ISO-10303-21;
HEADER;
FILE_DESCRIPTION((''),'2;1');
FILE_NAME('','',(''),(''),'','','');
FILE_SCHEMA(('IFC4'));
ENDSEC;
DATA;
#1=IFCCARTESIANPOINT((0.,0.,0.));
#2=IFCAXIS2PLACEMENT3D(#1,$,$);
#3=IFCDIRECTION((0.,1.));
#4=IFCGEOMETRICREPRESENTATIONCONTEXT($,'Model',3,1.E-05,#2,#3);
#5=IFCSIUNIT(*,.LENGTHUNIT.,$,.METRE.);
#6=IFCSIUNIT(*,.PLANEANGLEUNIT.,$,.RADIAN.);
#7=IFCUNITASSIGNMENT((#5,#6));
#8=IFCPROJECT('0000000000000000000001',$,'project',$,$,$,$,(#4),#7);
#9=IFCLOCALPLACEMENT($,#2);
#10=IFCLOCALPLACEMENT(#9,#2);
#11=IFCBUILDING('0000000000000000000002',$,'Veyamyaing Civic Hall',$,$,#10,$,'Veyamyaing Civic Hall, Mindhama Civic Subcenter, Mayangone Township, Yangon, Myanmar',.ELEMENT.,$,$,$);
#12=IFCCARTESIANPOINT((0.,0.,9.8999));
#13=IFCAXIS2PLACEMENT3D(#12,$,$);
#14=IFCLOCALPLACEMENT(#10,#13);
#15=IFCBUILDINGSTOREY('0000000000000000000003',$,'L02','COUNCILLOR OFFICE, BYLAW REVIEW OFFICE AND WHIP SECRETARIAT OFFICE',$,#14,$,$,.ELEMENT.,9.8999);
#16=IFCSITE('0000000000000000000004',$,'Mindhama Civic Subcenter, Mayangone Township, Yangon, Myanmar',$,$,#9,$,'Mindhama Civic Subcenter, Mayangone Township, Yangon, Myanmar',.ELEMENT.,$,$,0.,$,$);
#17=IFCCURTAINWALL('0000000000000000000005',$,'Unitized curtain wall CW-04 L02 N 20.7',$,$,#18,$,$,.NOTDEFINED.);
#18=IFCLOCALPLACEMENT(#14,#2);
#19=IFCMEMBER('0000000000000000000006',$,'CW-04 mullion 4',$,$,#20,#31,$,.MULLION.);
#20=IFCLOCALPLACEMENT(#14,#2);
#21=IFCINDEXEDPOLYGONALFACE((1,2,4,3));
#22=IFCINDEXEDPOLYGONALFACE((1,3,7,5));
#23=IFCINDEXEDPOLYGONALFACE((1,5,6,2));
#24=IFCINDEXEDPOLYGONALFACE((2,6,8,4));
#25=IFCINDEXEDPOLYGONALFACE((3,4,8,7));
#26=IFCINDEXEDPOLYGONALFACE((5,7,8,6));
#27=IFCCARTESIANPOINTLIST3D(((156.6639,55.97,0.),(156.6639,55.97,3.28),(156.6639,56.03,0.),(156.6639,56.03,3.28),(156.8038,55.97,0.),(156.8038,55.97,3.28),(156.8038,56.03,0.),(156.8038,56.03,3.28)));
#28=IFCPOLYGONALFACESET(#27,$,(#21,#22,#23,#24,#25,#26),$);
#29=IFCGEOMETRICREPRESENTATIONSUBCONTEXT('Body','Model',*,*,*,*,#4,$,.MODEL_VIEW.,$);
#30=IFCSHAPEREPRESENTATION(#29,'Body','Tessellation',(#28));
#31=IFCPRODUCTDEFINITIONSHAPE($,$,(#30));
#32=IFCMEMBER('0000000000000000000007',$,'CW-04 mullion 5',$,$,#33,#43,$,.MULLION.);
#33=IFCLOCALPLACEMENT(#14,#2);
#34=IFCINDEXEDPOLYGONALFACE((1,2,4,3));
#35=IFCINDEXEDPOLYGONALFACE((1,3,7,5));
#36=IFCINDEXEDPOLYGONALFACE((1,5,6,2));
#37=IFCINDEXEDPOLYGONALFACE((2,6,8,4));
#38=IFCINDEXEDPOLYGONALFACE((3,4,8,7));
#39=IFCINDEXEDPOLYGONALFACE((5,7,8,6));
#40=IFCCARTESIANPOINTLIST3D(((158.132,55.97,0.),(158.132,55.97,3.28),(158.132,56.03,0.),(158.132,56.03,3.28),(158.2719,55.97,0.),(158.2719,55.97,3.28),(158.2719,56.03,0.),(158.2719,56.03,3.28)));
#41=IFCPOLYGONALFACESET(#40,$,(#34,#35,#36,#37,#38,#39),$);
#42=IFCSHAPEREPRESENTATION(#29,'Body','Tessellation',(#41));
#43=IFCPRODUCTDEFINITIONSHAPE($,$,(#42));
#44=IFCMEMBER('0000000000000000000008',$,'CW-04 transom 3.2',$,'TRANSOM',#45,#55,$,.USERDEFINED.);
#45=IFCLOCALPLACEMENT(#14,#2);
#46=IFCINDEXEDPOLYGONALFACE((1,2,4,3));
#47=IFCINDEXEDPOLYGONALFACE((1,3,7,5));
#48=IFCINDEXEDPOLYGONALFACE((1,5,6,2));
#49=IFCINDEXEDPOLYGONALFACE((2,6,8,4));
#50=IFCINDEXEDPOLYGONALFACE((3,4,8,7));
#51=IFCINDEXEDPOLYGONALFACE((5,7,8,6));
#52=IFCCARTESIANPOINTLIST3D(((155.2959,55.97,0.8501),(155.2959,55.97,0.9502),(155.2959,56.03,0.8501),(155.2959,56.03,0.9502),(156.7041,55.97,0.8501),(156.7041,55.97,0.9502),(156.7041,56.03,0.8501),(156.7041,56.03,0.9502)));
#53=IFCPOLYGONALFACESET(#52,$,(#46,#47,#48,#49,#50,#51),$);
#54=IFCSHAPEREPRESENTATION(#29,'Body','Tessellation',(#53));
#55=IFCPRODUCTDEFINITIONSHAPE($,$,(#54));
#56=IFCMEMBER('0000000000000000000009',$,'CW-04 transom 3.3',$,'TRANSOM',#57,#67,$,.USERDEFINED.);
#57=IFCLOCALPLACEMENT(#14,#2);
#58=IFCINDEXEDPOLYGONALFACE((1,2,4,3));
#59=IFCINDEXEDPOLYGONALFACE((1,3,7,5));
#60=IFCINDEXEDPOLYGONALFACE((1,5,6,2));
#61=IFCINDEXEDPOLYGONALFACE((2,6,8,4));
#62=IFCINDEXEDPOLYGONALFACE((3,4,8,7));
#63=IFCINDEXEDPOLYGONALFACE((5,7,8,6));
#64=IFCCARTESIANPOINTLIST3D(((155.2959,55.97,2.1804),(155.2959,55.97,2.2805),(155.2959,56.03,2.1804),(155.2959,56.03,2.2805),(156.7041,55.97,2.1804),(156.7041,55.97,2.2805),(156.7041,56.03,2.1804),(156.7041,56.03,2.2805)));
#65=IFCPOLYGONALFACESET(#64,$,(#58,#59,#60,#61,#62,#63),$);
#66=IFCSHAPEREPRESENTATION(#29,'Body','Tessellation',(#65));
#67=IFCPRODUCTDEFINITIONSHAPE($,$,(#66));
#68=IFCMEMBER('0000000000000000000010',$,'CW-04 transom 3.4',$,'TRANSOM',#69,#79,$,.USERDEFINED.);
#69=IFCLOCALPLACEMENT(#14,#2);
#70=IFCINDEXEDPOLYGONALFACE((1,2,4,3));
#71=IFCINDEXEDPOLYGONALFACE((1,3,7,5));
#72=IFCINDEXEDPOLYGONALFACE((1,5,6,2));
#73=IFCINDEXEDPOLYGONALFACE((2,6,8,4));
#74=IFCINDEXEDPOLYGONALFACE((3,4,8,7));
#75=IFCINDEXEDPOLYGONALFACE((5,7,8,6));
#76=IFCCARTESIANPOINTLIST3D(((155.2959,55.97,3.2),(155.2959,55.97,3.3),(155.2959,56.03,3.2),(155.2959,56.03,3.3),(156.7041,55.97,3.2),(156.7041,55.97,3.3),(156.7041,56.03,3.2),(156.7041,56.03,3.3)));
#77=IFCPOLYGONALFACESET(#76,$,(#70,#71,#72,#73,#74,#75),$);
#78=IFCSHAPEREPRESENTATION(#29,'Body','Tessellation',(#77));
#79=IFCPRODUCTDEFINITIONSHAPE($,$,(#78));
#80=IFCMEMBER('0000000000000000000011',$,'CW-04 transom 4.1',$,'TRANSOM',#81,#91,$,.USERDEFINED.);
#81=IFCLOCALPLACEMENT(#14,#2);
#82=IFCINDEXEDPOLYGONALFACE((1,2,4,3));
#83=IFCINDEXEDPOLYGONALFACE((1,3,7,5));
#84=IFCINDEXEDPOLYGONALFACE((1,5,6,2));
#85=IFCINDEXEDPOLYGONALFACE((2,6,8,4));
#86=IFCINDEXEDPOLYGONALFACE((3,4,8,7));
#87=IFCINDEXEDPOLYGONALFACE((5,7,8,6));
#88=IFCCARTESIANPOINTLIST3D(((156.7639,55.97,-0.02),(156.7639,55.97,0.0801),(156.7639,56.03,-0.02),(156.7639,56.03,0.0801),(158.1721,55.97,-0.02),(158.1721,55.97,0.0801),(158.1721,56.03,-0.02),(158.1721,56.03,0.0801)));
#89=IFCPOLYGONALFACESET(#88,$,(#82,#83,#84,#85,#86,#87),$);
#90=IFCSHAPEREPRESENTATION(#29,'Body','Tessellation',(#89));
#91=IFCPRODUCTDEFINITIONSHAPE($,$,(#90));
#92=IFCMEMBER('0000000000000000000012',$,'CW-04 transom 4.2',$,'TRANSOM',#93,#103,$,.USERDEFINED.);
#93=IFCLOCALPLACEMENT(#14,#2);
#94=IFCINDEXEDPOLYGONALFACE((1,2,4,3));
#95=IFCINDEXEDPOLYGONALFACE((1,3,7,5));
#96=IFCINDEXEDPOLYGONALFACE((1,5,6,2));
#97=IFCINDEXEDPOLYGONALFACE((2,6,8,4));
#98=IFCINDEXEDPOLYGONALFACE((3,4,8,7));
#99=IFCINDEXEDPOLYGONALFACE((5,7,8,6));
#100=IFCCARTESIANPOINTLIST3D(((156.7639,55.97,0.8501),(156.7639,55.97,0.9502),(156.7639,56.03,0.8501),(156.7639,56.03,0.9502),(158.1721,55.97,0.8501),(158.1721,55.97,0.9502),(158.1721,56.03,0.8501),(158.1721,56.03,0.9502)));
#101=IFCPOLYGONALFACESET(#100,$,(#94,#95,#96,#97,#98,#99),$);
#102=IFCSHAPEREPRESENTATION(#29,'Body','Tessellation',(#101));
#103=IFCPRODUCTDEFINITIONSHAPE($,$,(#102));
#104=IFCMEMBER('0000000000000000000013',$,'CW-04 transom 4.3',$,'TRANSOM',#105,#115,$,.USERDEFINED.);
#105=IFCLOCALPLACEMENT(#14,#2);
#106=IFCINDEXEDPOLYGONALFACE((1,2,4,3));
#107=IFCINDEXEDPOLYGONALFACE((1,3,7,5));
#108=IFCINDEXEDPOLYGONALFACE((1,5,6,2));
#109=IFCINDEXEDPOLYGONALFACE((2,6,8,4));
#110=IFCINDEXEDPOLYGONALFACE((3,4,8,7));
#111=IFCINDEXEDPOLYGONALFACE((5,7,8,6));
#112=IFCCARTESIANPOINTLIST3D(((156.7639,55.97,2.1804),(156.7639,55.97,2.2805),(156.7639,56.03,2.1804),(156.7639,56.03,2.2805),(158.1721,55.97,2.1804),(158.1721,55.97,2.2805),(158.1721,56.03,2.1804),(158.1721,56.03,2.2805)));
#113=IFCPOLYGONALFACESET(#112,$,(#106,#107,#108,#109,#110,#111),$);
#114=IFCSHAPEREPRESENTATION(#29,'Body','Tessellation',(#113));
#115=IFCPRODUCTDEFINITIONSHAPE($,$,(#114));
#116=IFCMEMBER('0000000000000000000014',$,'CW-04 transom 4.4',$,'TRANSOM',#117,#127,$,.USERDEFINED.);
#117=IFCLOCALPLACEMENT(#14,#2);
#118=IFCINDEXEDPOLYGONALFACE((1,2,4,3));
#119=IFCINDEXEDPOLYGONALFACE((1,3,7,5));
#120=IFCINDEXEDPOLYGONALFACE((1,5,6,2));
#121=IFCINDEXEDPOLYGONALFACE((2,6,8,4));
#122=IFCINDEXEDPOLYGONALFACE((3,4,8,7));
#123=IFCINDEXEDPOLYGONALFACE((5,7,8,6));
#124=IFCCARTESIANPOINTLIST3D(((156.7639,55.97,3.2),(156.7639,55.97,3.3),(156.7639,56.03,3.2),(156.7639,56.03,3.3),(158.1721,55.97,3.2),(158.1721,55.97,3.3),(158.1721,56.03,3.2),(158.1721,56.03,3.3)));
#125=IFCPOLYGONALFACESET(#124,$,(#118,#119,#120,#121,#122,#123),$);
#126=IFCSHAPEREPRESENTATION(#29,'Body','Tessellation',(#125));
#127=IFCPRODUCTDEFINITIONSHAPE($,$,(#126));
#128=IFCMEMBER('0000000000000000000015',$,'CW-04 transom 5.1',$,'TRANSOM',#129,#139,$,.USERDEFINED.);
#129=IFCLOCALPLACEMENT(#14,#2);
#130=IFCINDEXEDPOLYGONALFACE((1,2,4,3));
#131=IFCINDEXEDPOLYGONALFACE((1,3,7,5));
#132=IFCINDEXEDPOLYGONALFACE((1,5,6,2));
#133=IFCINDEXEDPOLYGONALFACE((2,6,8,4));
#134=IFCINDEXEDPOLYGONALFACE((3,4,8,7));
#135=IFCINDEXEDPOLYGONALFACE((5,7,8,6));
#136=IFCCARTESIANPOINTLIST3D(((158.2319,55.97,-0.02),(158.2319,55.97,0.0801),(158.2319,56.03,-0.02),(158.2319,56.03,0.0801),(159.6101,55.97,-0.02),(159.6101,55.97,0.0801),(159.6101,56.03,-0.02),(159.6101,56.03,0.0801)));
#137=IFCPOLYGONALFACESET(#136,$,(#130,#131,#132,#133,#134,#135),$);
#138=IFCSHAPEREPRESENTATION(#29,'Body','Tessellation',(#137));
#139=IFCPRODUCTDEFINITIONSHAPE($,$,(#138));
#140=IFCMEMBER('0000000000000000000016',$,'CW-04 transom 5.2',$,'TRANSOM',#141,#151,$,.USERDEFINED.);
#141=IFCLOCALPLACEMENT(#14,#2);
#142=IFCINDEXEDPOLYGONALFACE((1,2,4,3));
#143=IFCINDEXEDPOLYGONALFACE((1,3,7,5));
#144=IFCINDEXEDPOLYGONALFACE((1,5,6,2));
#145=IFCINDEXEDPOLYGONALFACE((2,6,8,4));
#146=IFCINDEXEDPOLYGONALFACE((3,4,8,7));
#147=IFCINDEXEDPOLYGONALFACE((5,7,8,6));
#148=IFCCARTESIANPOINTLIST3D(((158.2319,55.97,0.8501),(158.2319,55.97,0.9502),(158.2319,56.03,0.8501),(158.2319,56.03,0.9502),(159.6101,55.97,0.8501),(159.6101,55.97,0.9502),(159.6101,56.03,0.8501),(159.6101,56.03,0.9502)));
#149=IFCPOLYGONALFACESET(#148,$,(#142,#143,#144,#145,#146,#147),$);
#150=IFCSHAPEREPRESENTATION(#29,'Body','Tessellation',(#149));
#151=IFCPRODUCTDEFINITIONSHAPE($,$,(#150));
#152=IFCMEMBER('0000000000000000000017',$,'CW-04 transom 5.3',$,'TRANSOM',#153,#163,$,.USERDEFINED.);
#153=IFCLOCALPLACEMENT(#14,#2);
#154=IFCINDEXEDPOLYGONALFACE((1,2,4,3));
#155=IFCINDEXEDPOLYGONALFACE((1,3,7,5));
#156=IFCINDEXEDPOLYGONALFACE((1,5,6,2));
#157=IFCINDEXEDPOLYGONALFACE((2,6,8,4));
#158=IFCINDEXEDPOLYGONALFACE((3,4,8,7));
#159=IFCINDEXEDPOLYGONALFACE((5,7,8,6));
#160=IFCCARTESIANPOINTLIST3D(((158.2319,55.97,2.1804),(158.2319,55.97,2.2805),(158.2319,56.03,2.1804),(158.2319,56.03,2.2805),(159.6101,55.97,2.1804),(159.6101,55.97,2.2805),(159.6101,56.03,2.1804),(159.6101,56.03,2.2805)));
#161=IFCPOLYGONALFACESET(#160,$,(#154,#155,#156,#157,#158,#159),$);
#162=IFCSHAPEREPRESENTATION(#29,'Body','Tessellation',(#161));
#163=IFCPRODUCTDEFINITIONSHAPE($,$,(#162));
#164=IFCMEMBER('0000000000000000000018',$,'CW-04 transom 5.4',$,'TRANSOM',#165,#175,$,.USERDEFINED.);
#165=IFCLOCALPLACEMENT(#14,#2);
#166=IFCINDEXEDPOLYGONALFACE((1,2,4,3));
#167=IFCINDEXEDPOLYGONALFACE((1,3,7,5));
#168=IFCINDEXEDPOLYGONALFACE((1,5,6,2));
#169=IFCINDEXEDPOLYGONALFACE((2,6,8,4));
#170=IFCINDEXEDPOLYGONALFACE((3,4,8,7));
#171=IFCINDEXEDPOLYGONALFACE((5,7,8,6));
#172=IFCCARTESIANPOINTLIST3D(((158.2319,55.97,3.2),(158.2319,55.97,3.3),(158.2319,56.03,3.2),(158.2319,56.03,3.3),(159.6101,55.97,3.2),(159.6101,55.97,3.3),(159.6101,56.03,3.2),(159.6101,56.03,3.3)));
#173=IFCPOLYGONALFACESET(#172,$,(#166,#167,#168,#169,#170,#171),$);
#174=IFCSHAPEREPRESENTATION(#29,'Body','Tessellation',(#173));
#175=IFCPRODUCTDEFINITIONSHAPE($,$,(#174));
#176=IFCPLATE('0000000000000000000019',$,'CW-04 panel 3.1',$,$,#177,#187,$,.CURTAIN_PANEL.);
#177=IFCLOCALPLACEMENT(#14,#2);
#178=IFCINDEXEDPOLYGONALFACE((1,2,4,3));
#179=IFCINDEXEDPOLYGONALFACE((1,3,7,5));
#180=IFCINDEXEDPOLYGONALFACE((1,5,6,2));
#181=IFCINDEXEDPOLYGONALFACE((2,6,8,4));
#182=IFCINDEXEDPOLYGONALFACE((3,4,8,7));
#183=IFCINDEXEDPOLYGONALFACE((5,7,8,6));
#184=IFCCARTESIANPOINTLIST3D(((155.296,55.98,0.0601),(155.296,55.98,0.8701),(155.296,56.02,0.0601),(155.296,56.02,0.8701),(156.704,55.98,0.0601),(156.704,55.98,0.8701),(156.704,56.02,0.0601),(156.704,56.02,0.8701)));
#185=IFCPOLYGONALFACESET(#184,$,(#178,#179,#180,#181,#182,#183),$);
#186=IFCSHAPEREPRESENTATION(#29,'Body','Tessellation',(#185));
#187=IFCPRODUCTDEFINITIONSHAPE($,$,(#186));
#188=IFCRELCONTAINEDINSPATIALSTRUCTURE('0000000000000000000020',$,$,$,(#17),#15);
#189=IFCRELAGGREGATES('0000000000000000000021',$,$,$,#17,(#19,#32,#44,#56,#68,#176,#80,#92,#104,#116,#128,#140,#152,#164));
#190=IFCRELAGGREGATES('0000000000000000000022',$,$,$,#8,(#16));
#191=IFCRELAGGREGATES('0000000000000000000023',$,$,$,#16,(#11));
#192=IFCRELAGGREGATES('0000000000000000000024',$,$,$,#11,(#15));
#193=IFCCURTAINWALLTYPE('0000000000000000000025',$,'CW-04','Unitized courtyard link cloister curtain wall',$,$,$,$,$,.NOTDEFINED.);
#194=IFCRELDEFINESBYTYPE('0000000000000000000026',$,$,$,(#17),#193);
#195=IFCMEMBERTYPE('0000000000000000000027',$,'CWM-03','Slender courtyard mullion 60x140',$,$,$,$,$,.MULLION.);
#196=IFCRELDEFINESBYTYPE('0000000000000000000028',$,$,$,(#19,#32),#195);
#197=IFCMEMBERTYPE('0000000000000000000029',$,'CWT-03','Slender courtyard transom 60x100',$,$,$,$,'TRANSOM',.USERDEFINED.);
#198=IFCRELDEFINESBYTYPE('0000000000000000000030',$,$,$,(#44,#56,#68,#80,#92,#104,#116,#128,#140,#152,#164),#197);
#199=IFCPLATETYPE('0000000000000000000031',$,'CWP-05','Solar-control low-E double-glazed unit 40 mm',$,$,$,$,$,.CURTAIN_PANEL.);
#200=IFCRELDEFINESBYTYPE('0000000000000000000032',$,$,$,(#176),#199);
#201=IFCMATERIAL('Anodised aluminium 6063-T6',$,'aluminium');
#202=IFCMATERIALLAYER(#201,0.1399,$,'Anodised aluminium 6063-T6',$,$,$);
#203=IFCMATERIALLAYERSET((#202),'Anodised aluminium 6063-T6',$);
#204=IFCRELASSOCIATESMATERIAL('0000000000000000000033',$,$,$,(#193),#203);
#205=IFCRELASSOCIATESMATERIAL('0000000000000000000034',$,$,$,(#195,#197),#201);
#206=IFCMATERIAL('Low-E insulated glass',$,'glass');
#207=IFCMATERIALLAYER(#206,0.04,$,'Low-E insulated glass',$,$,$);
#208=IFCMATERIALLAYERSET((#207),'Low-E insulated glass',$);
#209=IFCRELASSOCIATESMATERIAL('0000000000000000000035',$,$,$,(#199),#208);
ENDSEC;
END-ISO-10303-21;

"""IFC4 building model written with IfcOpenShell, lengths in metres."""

from ifc_helpers import new_model, si_unit, direction, frame, origin, origin_2d, place, context, subcontext, project, spatial, rectangle, extrude, material, layer, layer_set, material_profile, profile_set, type_object, element, aggregate, save


model = new_model("IFC4")

# Units and contexts
model_context = context("Model", 3, precision=1e-05, world=origin(), true_north=direction((0.0, 1.0)))
body_context = subcontext(model_context, "Body", "Model", "MODEL_VIEW")
ifc_project = project(units=[si_unit("LENGTHUNIT", "METRE"), si_unit("PLANEANGLEUNIT", "RADIAN")], contexts=[model_context])

# Site, building, storey
site_placement = place(None, origin())
site = spatial("IfcSite", under=ifc_project, at=site_placement, Name="Mindhama Civic Subcenter, Mayangone Township, Yangon, Myanmar", LongName="Mindhama Civic Subcenter, Mayangone Township, Yangon, Myanmar", CompositionType="ELEMENT", RefElevation=0.0)
building_placement = place(site_placement, origin())
building = spatial("IfcBuilding", under=site, at=building_placement, Name="Veyamyaing Civic Hall", LongName="Veyamyaing Civic Hall, Mindhama Civic Subcenter, Mayangone Township, Yangon, Myanmar", CompositionType="ELEMENT")
storey_placement = place(building_placement, frame((0.0, 0.0, 9.8999)))
storey = spatial("IfcBuildingStorey", under=building, at=storey_placement, Name="L02", Description="COUNCILLOR OFFICE, BYLAW REVIEW OFFICE AND WHIP SECRETARIAT OFFICE", CompositionType="ELEMENT", Elevation=9.8999)

# Curtain wall, members, plate
ifc_material_1 = material(Name="Anodised aluminium 6063-T6", Category="aluminium")
ifc_layer_1 = layer(ifc_material_1, 0.1399, Name="Anodised aluminium 6063-T6")
ifc_layer_set_1 = layer_set([ifc_layer_1], Name="Anodised aluminium 6063-T6")
curtain_wall_type = type_object("IfcCurtainWallType", Name="CW-04", Description="Unitized courtyard link cloister curtain wall", PredefinedType="NOTDEFINED", material=ifc_layer_set_1)
curtain_wall_placement = place(storey_placement, origin())
curtain_wall = element("IfcCurtainWall", 1, at=curtain_wall_placement, inside=storey, type_object=curtain_wall_type, Name="Unitized curtain wall CW-04 L02 N 20.7", PredefinedType="NOTDEFINED")
ifc_material_profile_1 = material_profile(ifc_material_1, rectangle(XDim=0.0601, YDim=0.1399, at=origin_2d()), Name="ALU-MUL-60X140")
ifc_profile_set_1 = profile_set([ifc_material_profile_1], Name="Anodised aluminium 6063-T6")
member_type_1 = type_object("IfcMemberType", Name="CWM-03", Description="Slender courtyard mullion 60x140", PredefinedType="MULLION", material=ifc_profile_set_1)
member_1_placement = place(storey_placement, frame((156.7339, 56.0, 0.0), z_axis=(0.0, 0.0, 1.0), x_axis=(0.0, 1.0, 0.0)))
member_1 = element("IfcMember", 2, at=member_1_placement, type_object=member_type_1, Name="CW-04 mullion 4", PredefinedType="MULLION", context=body_context, shape_type="SweptSolid", body=[
    extrude(rectangle(XDim=0.0601, YDim=0.1399, at=origin_2d()), origin(), (0.0, 0.0, 1.0), 3.28),
])
member_2_placement = place(storey_placement, frame((158.2019, 56.0, 0.0), z_axis=(0.0, 0.0, 1.0), x_axis=(0.0, 1.0, 0.0)))
member_2 = element("IfcMember", 3, at=member_2_placement, type_object=member_type_1, Name="CW-04 mullion 5", PredefinedType="MULLION", context=body_context, shape_type="SweptSolid", body=[
    extrude(rectangle(XDim=0.0601, YDim=0.1399, at=origin_2d()), origin(), (0.0, 0.0, 1.0), 3.28),
])
ifc_material_profile_2 = material_profile(ifc_material_1, rectangle(XDim=0.0601, YDim=0.1001, at=origin_2d()), Name="ALU-TRN-60X100")
ifc_profile_set_2 = profile_set([ifc_material_profile_2], Name="Anodised aluminium 6063-T6")
member_type_2 = type_object("IfcMemberType", Name="CWT-03", Description="Slender courtyard transom 60x100", ElementType="TRANSOM", PredefinedType="USERDEFINED", material=ifc_profile_set_2)
member_3_placement = place(storey_placement, frame((155.2959, 56.0, 0.9001), z_axis=(1.0, 0.0, 0.0), x_axis=(0.0, 1.0, 0.0)))
member_3 = element("IfcMember", 4, at=member_3_placement, type_object=member_type_2, Name="CW-04 transom 3.2", ObjectType="TRANSOM", PredefinedType="USERDEFINED", context=body_context, shape_type="SweptSolid", body=[
    extrude(rectangle(XDim=0.0601, YDim=0.1001, at=origin_2d()), origin(), (0.0, 0.0, 1.0), 1.4082),
])
member_4_placement = place(storey_placement, frame((155.2959, 56.0, 2.2305), z_axis=(1.0, 0.0, 0.0), x_axis=(0.0, 1.0, 0.0)))
member_4 = element("IfcMember", 5, at=member_4_placement, type_object=member_type_2, Name="CW-04 transom 3.3", ObjectType="TRANSOM", PredefinedType="USERDEFINED", context=body_context, shape_type="SweptSolid", body=[
    extrude(rectangle(XDim=0.0601, YDim=0.1001, at=origin_2d()), origin(), (0.0, 0.0, 1.0), 1.4082),
])
member_5_placement = place(storey_placement, frame((155.2959, 56.0, 3.25), z_axis=(1.0, 0.0, 0.0), x_axis=(0.0, 1.0, 0.0)))
member_5 = element("IfcMember", 6, at=member_5_placement, type_object=member_type_2, Name="CW-04 transom 3.4", ObjectType="TRANSOM", PredefinedType="USERDEFINED", context=body_context, shape_type="SweptSolid", body=[
    extrude(rectangle(XDim=0.0601, YDim=0.1001, at=origin_2d()), origin(), (0.0, 0.0, 1.0), 1.4082),
])
member_6_placement = place(storey_placement, frame((156.7639, 56.0, 0.03), z_axis=(1.0, 0.0, 0.0), x_axis=(0.0, 1.0, 0.0)))
member_6 = element("IfcMember", 7, at=member_6_placement, type_object=member_type_2, Name="CW-04 transom 4.1", ObjectType="TRANSOM", PredefinedType="USERDEFINED", context=body_context, shape_type="SweptSolid", body=[
    extrude(rectangle(XDim=0.0601, YDim=0.1001, at=origin_2d()), origin(), (0.0, 0.0, 1.0), 1.4082),
])
member_7_placement = place(storey_placement, frame((156.7639, 56.0, 0.9001), z_axis=(1.0, 0.0, 0.0), x_axis=(0.0, 1.0, 0.0)))
member_7 = element("IfcMember", 8, at=member_7_placement, type_object=member_type_2, Name="CW-04 transom 4.2", ObjectType="TRANSOM", PredefinedType="USERDEFINED", context=body_context, shape_type="SweptSolid", body=[
    extrude(rectangle(XDim=0.0601, YDim=0.1001, at=origin_2d()), origin(), (0.0, 0.0, 1.0), 1.4082),
])
member_8_placement = place(storey_placement, frame((156.7639, 56.0, 2.2305), z_axis=(1.0, 0.0, 0.0), x_axis=(0.0, 1.0, 0.0)))
member_8 = element("IfcMember", 9, at=member_8_placement, type_object=member_type_2, Name="CW-04 transom 4.3", ObjectType="TRANSOM", PredefinedType="USERDEFINED", context=body_context, shape_type="SweptSolid", body=[
    extrude(rectangle(XDim=0.0601, YDim=0.1001, at=origin_2d()), origin(), (0.0, 0.0, 1.0), 1.4082),
])
member_9_placement = place(storey_placement, frame((156.7639, 56.0, 3.25), z_axis=(1.0, 0.0, 0.0), x_axis=(0.0, 1.0, 0.0)))
member_9 = element("IfcMember", 10, at=member_9_placement, type_object=member_type_2, Name="CW-04 transom 4.4", ObjectType="TRANSOM", PredefinedType="USERDEFINED", context=body_context, shape_type="SweptSolid", body=[
    extrude(rectangle(XDim=0.0601, YDim=0.1001, at=origin_2d()), origin(), (0.0, 0.0, 1.0), 1.4082),
])
member_10_placement = place(storey_placement, frame((158.2319, 56.0, 0.03), z_axis=(1.0, 0.0, 0.0), x_axis=(0.0, 1.0, 0.0)))
member_10 = element("IfcMember", 11, at=member_10_placement, type_object=member_type_2, Name="CW-04 transom 5.1", ObjectType="TRANSOM", PredefinedType="USERDEFINED", context=body_context, shape_type="SweptSolid", body=[
    extrude(rectangle(XDim=0.0601, YDim=0.1001, at=origin_2d()), origin(), (0.0, 0.0, 1.0), 1.3782),
])
member_11_placement = place(storey_placement, frame((158.2319, 56.0, 0.9001), z_axis=(1.0, 0.0, 0.0), x_axis=(0.0, 1.0, 0.0)))
member_11 = element("IfcMember", 12, at=member_11_placement, type_object=member_type_2, Name="CW-04 transom 5.2", ObjectType="TRANSOM", PredefinedType="USERDEFINED", context=body_context, shape_type="SweptSolid", body=[
    extrude(rectangle(XDim=0.0601, YDim=0.1001, at=origin_2d()), origin(), (0.0, 0.0, 1.0), 1.3782),
])
member_12_placement = place(storey_placement, frame((158.2319, 56.0, 2.2305), z_axis=(1.0, 0.0, 0.0), x_axis=(0.0, 1.0, 0.0)))
member_12 = element("IfcMember", 13, at=member_12_placement, type_object=member_type_2, Name="CW-04 transom 5.3", ObjectType="TRANSOM", PredefinedType="USERDEFINED", context=body_context, shape_type="SweptSolid", body=[
    extrude(rectangle(XDim=0.0601, YDim=0.1001, at=origin_2d()), origin(), (0.0, 0.0, 1.0), 1.3782),
])
member_13_placement = place(storey_placement, frame((158.2319, 56.0, 3.25), z_axis=(1.0, 0.0, 0.0), x_axis=(0.0, 1.0, 0.0)))
member_13 = element("IfcMember", 14, at=member_13_placement, type_object=member_type_2, Name="CW-04 transom 5.4", ObjectType="TRANSOM", PredefinedType="USERDEFINED", context=body_context, shape_type="SweptSolid", body=[
    extrude(rectangle(XDim=0.0601, YDim=0.1001, at=origin_2d()), origin(), (0.0, 0.0, 1.0), 1.3782),
])
ifc_material_2 = material(Name="Low-E insulated glass", Category="glass")
ifc_layer_2 = layer(ifc_material_2, 0.04, Name="Low-E insulated glass")
ifc_layer_set_2 = layer_set([ifc_layer_2], Name="Low-E insulated glass")
plate_type = type_object("IfcPlateType", Name="CWP-05", Description="Solar-control low-E double-glazed unit 40 mm", PredefinedType="CURTAIN_PANEL", material=ifc_layer_set_2)
plate_1_placement = place(storey_placement, frame((156.0, 56.0, 0.0601), z_axis=(0.0, 0.0, 1.0), x_axis=(1.0, 0.0, 0.0)))
plate_1 = element("IfcPlate", 15, at=plate_1_placement, type_object=plate_type, Name="CW-04 panel 3.1", PredefinedType="CURTAIN_PANEL", context=body_context, shape_type="SweptSolid", body=[
    extrude(rectangle(XDim=1.408, YDim=0.04, at=origin_2d()), origin(), (0.0, 0.0, 1.0), 0.8101),
])
aggregate(curtain_wall, [member_1, member_2, member_3, member_4, member_5, plate_1, member_6, member_7, member_8, member_9, member_10, member_11, member_12, member_13])

save(model, "model.ifc")
